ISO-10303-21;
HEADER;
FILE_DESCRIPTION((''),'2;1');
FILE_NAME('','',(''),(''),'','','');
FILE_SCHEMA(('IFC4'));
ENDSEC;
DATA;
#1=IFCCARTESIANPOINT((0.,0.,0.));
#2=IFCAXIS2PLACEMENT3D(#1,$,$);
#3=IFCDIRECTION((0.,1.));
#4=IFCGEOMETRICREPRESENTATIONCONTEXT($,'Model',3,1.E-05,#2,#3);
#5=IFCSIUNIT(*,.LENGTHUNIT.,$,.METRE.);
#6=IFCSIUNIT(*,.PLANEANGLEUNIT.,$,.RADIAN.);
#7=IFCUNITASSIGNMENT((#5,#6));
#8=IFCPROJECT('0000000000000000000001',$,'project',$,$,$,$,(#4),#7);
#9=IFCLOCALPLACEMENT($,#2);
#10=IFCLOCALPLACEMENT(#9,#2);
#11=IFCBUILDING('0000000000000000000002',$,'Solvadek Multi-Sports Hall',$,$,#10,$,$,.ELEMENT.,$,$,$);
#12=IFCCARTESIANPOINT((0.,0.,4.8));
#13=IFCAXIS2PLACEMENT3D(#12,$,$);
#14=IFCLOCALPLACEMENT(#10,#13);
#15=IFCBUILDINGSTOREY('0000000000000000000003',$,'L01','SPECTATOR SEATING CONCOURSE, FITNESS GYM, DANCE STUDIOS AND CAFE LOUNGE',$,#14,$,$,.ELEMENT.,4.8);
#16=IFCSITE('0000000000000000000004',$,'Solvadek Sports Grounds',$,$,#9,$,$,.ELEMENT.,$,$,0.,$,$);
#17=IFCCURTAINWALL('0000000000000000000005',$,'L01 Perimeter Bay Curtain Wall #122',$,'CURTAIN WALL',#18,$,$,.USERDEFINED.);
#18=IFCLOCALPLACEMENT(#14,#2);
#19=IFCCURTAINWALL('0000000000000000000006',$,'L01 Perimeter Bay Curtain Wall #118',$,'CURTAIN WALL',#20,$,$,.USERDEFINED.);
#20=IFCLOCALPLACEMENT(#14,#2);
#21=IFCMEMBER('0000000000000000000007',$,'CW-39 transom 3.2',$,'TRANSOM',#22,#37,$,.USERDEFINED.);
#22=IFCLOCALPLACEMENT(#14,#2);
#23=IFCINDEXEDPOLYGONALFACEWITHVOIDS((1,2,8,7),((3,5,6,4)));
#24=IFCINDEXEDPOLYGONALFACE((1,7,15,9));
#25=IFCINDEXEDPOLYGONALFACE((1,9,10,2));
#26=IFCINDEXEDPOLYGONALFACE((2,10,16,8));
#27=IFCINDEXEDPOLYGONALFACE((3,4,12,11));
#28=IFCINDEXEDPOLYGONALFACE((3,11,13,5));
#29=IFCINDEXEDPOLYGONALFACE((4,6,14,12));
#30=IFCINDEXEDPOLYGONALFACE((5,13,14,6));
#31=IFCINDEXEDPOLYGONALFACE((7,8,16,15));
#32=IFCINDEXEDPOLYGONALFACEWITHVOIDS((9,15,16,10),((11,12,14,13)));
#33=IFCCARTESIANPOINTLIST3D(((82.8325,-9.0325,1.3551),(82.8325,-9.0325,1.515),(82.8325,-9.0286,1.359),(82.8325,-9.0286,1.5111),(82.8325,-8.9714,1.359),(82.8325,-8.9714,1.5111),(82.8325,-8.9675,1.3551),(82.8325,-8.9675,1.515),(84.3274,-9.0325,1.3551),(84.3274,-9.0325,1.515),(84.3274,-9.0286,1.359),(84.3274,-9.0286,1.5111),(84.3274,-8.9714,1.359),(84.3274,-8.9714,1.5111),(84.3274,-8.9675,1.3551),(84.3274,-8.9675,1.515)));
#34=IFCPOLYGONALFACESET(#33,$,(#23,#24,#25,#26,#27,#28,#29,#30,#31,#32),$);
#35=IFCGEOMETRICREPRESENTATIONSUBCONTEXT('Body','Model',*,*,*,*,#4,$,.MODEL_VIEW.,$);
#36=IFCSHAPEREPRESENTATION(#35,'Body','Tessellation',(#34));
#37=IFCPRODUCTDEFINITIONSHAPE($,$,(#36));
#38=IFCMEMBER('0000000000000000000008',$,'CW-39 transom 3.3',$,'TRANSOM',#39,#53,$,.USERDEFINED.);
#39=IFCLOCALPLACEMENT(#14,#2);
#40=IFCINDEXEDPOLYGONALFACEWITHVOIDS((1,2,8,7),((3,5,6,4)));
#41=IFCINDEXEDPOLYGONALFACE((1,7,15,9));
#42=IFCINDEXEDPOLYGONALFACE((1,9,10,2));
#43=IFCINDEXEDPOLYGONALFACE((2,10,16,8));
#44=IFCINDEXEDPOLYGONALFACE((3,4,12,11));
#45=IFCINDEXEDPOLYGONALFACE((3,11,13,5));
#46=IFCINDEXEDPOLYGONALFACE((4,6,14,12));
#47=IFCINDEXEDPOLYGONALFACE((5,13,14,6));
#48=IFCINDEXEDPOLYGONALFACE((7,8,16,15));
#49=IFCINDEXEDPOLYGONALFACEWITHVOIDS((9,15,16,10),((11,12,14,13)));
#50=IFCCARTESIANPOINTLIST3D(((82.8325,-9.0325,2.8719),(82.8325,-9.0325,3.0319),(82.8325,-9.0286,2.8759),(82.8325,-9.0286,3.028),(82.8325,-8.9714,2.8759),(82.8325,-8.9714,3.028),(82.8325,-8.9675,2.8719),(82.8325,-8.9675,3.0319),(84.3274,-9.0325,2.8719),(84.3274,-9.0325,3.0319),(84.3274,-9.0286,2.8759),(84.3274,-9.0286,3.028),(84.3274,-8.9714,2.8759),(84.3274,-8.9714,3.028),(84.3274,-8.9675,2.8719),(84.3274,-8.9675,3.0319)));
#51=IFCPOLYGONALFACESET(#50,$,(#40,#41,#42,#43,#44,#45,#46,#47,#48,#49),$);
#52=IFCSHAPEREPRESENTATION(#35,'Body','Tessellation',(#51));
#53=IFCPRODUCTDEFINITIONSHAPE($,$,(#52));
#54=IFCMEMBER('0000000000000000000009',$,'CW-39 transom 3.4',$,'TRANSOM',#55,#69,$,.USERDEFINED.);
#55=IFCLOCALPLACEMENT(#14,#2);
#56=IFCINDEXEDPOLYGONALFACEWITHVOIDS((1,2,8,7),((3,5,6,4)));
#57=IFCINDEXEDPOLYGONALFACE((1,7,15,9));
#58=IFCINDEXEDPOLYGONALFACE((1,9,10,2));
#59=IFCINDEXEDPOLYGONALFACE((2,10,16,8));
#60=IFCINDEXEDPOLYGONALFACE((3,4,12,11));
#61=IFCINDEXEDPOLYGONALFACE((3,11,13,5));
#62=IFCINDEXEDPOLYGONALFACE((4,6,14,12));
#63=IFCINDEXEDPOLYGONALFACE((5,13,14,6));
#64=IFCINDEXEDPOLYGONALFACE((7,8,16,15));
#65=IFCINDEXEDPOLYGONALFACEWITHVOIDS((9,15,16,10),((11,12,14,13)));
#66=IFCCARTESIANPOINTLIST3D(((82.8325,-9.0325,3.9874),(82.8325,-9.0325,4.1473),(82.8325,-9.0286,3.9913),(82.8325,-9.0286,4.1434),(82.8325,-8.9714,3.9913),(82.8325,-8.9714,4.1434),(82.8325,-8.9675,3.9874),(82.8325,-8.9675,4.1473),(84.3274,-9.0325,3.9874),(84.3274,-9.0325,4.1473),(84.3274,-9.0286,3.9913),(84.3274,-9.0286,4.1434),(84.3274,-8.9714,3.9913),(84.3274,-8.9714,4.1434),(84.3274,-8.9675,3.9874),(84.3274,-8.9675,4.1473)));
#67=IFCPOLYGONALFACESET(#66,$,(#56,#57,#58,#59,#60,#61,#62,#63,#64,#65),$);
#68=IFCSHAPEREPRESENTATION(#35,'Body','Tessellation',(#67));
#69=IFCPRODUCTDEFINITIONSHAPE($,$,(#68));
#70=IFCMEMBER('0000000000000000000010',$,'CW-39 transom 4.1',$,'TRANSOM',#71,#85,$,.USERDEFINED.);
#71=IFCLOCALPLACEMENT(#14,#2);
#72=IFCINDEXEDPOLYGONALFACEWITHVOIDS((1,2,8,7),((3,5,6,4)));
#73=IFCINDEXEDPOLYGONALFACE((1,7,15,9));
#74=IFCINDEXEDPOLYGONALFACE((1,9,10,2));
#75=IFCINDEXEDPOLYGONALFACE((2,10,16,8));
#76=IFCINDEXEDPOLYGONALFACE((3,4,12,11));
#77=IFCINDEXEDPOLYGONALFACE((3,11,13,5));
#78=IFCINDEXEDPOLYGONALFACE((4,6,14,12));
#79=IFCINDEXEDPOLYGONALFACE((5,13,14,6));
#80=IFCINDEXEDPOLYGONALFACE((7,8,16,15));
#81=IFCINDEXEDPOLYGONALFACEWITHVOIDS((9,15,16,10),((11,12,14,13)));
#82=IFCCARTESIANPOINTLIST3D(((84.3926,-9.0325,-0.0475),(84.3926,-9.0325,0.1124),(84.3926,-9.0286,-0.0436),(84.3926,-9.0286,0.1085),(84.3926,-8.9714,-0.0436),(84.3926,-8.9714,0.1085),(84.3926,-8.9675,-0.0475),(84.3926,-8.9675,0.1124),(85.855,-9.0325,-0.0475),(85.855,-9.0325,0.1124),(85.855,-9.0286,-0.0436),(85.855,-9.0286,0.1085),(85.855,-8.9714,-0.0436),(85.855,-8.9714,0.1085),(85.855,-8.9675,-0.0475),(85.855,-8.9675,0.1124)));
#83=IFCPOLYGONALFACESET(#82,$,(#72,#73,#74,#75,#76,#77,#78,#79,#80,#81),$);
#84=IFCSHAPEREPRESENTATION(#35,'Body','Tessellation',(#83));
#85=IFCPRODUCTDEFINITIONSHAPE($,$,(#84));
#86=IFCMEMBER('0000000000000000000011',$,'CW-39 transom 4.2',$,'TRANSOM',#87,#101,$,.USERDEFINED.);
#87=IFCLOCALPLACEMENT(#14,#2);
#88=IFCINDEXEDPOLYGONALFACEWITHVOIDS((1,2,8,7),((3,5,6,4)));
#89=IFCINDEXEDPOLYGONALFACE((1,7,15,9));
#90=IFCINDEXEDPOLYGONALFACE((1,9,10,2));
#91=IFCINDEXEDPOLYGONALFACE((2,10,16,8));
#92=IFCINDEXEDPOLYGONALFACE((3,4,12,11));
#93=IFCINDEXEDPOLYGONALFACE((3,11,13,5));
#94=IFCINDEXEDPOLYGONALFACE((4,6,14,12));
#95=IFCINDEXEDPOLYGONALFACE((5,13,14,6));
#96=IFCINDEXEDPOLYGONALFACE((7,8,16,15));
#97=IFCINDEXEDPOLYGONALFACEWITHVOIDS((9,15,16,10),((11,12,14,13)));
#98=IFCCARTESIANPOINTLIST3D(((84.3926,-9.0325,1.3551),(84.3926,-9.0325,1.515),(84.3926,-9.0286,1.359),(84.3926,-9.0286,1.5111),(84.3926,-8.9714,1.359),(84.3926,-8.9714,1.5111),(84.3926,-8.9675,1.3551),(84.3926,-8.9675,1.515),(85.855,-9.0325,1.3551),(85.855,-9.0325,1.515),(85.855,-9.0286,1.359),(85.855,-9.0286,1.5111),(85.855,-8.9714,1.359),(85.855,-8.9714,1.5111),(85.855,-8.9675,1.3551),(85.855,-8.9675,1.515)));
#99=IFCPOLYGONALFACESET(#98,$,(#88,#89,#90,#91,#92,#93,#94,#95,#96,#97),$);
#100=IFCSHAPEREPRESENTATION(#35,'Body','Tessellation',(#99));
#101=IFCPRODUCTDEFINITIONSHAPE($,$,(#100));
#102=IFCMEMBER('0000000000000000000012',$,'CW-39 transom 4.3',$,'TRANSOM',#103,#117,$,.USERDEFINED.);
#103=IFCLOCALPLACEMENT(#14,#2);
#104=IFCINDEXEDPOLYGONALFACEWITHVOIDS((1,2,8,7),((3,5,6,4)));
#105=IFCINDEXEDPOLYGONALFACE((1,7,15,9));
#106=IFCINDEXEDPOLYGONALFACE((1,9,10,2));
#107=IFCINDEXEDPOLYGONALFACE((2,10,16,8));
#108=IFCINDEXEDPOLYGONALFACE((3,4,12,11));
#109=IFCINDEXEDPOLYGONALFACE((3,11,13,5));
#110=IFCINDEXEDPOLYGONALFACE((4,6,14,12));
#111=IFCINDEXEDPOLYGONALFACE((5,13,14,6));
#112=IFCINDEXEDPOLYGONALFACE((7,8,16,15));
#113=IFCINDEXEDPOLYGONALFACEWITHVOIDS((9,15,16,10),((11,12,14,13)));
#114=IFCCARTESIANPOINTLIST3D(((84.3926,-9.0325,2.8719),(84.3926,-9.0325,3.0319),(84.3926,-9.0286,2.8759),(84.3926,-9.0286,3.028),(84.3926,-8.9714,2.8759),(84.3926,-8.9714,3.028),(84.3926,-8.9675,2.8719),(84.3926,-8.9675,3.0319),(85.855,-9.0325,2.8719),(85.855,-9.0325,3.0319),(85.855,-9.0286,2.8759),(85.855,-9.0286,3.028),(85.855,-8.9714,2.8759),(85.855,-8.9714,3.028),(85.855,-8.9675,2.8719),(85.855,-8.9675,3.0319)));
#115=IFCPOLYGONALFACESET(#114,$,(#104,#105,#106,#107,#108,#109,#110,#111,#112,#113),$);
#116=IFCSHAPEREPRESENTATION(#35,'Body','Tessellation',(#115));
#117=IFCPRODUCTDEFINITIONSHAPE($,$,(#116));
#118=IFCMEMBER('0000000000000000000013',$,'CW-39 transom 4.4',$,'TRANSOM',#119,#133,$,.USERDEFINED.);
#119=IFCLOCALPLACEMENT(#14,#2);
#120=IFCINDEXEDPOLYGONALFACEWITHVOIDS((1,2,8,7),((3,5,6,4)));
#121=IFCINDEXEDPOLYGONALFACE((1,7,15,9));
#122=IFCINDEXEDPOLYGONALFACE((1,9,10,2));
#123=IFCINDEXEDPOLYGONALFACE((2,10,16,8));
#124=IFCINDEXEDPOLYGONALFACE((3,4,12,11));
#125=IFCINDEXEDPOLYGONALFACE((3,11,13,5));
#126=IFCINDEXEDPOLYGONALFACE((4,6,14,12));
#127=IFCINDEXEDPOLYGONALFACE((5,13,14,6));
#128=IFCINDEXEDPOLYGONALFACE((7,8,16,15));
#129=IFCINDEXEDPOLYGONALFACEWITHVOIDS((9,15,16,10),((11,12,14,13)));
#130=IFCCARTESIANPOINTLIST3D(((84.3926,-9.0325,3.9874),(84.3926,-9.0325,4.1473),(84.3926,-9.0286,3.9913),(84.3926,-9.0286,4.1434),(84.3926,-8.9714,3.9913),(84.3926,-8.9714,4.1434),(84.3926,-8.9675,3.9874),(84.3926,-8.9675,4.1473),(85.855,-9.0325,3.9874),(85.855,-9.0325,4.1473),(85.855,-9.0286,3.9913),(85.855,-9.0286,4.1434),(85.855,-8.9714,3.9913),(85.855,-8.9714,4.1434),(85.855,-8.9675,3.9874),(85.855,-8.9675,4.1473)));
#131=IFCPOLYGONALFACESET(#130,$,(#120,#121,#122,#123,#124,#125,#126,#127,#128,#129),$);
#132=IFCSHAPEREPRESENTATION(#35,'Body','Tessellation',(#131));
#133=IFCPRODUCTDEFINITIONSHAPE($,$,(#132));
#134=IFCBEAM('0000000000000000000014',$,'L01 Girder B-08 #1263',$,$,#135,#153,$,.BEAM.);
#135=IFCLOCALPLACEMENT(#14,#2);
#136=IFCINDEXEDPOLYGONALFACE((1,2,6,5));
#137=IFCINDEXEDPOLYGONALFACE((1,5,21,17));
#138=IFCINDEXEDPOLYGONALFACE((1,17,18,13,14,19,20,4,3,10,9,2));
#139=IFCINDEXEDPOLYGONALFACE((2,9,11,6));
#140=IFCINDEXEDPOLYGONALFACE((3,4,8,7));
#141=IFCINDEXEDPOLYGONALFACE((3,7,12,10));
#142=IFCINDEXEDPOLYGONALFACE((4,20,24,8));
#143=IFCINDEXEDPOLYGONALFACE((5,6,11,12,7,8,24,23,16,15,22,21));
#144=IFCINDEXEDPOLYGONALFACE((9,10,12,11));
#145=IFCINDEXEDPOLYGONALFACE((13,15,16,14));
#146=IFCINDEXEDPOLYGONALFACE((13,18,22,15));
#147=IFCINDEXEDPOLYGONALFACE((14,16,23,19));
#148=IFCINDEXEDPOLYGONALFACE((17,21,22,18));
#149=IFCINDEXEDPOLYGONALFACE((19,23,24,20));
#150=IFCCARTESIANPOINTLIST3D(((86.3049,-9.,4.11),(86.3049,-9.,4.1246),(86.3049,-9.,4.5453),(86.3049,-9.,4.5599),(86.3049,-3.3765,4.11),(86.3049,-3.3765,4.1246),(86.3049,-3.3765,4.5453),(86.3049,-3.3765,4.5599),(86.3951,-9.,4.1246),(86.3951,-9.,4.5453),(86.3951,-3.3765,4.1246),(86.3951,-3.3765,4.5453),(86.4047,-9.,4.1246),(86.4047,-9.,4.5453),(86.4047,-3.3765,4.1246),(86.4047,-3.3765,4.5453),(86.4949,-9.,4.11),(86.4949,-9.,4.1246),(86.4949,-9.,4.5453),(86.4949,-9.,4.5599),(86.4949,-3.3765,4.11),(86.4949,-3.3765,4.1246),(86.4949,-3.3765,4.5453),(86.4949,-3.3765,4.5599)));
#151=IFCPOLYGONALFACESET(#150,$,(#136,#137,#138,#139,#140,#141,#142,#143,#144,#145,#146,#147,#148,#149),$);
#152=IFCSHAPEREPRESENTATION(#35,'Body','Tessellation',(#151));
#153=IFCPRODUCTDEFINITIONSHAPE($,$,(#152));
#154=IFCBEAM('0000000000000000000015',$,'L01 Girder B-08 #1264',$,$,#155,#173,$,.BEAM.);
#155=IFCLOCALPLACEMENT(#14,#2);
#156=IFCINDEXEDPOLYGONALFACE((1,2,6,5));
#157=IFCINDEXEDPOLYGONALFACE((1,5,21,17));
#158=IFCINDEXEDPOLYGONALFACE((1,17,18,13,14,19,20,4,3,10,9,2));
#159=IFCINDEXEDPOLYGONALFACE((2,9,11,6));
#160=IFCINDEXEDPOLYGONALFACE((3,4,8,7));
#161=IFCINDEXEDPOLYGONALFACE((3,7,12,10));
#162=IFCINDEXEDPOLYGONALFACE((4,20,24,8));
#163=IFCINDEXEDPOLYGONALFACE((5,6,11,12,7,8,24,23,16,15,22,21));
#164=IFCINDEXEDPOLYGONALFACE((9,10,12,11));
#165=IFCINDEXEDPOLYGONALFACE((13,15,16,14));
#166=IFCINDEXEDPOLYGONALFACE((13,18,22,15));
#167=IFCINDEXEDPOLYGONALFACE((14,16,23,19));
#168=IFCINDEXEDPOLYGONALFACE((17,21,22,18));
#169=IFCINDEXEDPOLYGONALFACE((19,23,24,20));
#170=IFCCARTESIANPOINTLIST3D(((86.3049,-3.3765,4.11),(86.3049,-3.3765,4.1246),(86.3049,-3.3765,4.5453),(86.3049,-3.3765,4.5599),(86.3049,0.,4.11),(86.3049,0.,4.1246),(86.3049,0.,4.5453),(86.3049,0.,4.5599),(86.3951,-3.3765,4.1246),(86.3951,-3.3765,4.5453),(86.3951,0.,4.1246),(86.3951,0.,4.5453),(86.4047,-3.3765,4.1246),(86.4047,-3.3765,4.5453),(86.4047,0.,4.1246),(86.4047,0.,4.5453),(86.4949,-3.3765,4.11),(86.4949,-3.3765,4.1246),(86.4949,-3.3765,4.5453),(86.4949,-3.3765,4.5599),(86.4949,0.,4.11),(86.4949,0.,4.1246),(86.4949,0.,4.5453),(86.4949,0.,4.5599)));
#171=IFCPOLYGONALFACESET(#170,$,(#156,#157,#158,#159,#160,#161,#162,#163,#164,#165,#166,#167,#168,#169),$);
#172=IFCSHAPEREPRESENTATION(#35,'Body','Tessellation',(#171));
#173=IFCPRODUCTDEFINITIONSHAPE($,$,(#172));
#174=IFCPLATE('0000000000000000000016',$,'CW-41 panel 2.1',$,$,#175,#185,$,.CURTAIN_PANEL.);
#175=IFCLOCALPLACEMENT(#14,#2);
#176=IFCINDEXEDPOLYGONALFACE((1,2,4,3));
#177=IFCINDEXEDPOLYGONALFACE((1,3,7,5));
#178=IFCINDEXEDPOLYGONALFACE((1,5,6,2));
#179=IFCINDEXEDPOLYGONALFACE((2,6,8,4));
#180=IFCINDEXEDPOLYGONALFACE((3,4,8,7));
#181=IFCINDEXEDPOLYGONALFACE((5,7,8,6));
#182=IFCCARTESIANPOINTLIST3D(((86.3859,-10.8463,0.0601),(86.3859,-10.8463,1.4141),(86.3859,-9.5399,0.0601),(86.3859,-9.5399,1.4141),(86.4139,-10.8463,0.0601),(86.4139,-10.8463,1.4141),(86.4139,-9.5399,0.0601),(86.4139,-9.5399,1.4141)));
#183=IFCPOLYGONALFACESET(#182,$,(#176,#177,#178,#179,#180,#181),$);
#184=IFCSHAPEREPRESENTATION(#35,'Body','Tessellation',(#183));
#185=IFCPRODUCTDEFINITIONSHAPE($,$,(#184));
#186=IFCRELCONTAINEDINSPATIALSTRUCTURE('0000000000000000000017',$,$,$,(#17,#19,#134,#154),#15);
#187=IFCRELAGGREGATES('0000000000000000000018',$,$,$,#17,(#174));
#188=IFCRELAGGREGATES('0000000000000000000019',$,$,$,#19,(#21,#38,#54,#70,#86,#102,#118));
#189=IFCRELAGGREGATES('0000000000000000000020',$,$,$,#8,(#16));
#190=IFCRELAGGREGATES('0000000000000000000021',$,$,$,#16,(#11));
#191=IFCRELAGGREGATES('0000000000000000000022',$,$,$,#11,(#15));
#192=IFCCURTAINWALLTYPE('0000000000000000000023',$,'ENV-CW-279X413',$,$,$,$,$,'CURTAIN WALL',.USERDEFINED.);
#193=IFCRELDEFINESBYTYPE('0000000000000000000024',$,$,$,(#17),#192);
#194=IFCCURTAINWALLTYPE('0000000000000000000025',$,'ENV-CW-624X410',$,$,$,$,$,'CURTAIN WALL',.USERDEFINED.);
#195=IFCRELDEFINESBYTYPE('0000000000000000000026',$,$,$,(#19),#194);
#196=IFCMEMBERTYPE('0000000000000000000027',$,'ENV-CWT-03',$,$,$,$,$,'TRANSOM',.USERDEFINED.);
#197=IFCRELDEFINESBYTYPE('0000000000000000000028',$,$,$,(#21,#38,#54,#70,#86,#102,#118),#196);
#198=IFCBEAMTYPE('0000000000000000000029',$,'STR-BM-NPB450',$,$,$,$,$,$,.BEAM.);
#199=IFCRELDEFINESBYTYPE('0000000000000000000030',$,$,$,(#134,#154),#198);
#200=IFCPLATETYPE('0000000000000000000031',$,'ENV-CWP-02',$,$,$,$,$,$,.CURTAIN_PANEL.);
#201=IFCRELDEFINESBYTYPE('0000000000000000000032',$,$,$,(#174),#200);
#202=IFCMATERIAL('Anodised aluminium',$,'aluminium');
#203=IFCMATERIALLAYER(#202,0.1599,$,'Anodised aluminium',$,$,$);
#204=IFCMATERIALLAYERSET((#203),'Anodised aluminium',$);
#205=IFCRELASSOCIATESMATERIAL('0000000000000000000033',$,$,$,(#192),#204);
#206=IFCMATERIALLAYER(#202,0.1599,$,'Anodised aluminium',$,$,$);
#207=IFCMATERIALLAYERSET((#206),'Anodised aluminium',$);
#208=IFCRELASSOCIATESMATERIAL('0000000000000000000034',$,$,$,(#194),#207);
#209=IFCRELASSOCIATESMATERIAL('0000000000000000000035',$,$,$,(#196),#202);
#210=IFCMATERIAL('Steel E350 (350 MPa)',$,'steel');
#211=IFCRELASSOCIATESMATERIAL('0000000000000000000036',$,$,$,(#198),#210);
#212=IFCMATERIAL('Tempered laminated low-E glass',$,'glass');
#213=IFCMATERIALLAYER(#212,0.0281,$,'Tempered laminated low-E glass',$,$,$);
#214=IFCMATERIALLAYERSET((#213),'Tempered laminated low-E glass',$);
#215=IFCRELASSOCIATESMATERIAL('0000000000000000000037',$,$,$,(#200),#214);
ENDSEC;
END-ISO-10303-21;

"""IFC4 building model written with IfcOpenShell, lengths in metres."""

from ifc_helpers import new_model, si_unit, direction, frame, origin, origin_2d, place, context, subcontext, project, spatial, rectangle, hollow_rectangle, i_section, extrude, material, layer, layer_set, material_profile, profile_set, type_object, element, aggregate, save


model = new_model("IFC4")

# Units and contexts
model_context = context("Model", 3, precision=1e-05, world=origin(), true_north=direction((0.0, 1.0)))
body_context = subcontext(model_context, "Body", "Model", "MODEL_VIEW")
ifc_project = project(units=[si_unit("LENGTHUNIT", "METRE"), si_unit("PLANEANGLEUNIT", "RADIAN")], contexts=[model_context])

# Site, building, storey
site_placement = place(None, origin())
site = spatial("IfcSite", under=ifc_project, at=site_placement, Name="Solvadek Sports Grounds", CompositionType="ELEMENT", RefElevation=0.0)
building_placement = place(site_placement, origin())
building = spatial("IfcBuilding", under=site, at=building_placement, Name="Solvadek Multi-Sports Hall", CompositionType="ELEMENT")
storey_placement = place(building_placement, frame((0.0, 0.0, 4.8)))
storey = spatial("IfcBuildingStorey", under=building, at=storey_placement, Name="L01", Description="SPECTATOR SEATING CONCOURSE, FITNESS GYM, DANCE STUDIOS AND CAFE LOUNGE", CompositionType="ELEMENT", Elevation=4.8)

# Shared definitions
ifc_material_1 = material(Name="Steel E350 (350 MPa)", Category="steel")

# Curtain wall
ifc_material_2 = material(Name="Anodised aluminium", Category="aluminium")
ifc_layer_1 = layer(ifc_material_2, 0.1599, Name="Anodised aluminium")
ifc_layer_set_1 = layer_set([ifc_layer_1], Name="Anodised aluminium")
curtain_wall_type_1 = type_object("IfcCurtainWallType", Name="ENV-CW-279X413", ElementType="CURTAIN WALL", PredefinedType="USERDEFINED", material=ifc_layer_set_1)
curtain_wall_1_placement = place(storey_placement, origin())
curtain_wall_1 = element("IfcCurtainWall", 1, at=curtain_wall_1_placement, inside=storey, type_object=curtain_wall_type_1, Name="L01 Perimeter Bay Curtain Wall #122", ObjectType="CURTAIN WALL", PredefinedType="USERDEFINED")

# Curtain wall
ifc_layer_2 = layer(ifc_material_2, 0.1599, Name="Anodised aluminium")
ifc_layer_set_2 = layer_set([ifc_layer_2], Name="Anodised aluminium")
curtain_wall_type_2 = type_object("IfcCurtainWallType", Name="ENV-CW-624X410", ElementType="CURTAIN WALL", PredefinedType="USERDEFINED", material=ifc_layer_set_2)
curtain_wall_2_placement = place(storey_placement, origin())
curtain_wall_2 = element("IfcCurtainWall", 2, at=curtain_wall_2_placement, inside=storey, type_object=curtain_wall_type_2, Name="L01 Perimeter Bay Curtain Wall #118", ObjectType="CURTAIN WALL", PredefinedType="USERDEFINED")

# Members
ifc_material_profile_1 = material_profile(ifc_material_2, hollow_rectangle(XDim=0.0649, YDim=0.1599, WallThickness=0.0039, at=origin_2d()), Name="ALU-T 160x65x4")
ifc_profile_set_1 = profile_set([ifc_material_profile_1], Name="Anodised aluminium")
member_type_1 = type_object("IfcMemberType", Name="ENV-CWT-03", ElementType="TRANSOM", PredefinedType="USERDEFINED", material=ifc_profile_set_1)
member_1_placement = place(storey_placement, frame((82.8325, -9.0, 1.4351), z_axis=(1.0, 0.0, 0.0), x_axis=(0.0, 1.0, 0.0)))
member_1 = element("IfcMember", 3, at=member_1_placement, type_object=member_type_1, Name="CW-39 transom 3.2", ObjectType="TRANSOM", PredefinedType="USERDEFINED", context=body_context, shape_type="SweptSolid", body=[
    extrude(hollow_rectangle(XDim=0.0649, YDim=0.1599, WallThickness=0.0039, at=origin_2d()), origin(), (0.0, 0.0, 1.0), 1.4949),
])
member_2_placement = place(storey_placement, frame((82.8325, -9.0, 2.9519), z_axis=(1.0, 0.0, 0.0), x_axis=(0.0, 1.0, 0.0)))
member_2 = element("IfcMember", 4, at=member_2_placement, type_object=member_type_1, Name="CW-39 transom 3.3", ObjectType="TRANSOM", PredefinedType="USERDEFINED", context=body_context, shape_type="SweptSolid", body=[
    extrude(hollow_rectangle(XDim=0.0649, YDim=0.1599, WallThickness=0.0039, at=origin_2d()), origin(), (0.0, 0.0, 1.0), 1.4949),
])
member_3_placement = place(storey_placement, frame((82.8325, -9.0, 4.0674), z_axis=(1.0, 0.0, 0.0), x_axis=(0.0, 1.0, 0.0)))
member_3 = element("IfcMember", 5, at=member_3_placement, type_object=member_type_1, Name="CW-39 transom 3.4", ObjectType="TRANSOM", PredefinedType="USERDEFINED", context=body_context, shape_type="SweptSolid", body=[
    extrude(hollow_rectangle(XDim=0.0649, YDim=0.1599, WallThickness=0.0039, at=origin_2d()), origin(), (0.0, 0.0, 1.0), 1.4949),
])
member_4_placement = place(storey_placement, frame((84.3926, -9.0, 0.0325), z_axis=(1.0, 0.0, 0.0), x_axis=(0.0, 1.0, 0.0)))
member_4 = element("IfcMember", 6, at=member_4_placement, type_object=member_type_1, Name="CW-39 transom 4.1", ObjectType="TRANSOM", PredefinedType="USERDEFINED", context=body_context, shape_type="SweptSolid", body=[
    extrude(hollow_rectangle(XDim=0.0649, YDim=0.1599, WallThickness=0.0039, at=origin_2d()), origin(), (0.0, 0.0, 1.0), 1.4624),
])
member_5_placement = place(storey_placement, frame((84.3926, -9.0, 1.4351), z_axis=(1.0, 0.0, 0.0), x_axis=(0.0, 1.0, 0.0)))
member_5 = element("IfcMember", 7, at=member_5_placement, type_object=member_type_1, Name="CW-39 transom 4.2", ObjectType="TRANSOM", PredefinedType="USERDEFINED", context=body_context, shape_type="SweptSolid", body=[
    extrude(hollow_rectangle(XDim=0.0649, YDim=0.1599, WallThickness=0.0039, at=origin_2d()), origin(), (0.0, 0.0, 1.0), 1.4624),
])
member_6_placement = place(storey_placement, frame((84.3926, -9.0, 2.9519), z_axis=(1.0, 0.0, 0.0), x_axis=(0.0, 1.0, 0.0)))
member_6 = element("IfcMember", 8, at=member_6_placement, type_object=member_type_1, Name="CW-39 transom 4.3", ObjectType="TRANSOM", PredefinedType="USERDEFINED", context=body_context, shape_type="SweptSolid", body=[
    extrude(hollow_rectangle(XDim=0.0649, YDim=0.1599, WallThickness=0.0039, at=origin_2d()), origin(), (0.0, 0.0, 1.0), 1.4624),
])
member_7_placement = place(storey_placement, frame((84.3926, -9.0, 4.0674), z_axis=(1.0, 0.0, 0.0), x_axis=(0.0, 1.0, 0.0)))
member_7 = element("IfcMember", 9, at=member_7_placement, type_object=member_type_1, Name="CW-39 transom 4.4", ObjectType="TRANSOM", PredefinedType="USERDEFINED", context=body_context, shape_type="SweptSolid", body=[
    extrude(hollow_rectangle(XDim=0.0649, YDim=0.1599, WallThickness=0.0039, at=origin_2d()), origin(), (0.0, 0.0, 1.0), 1.4624),
])

# Beams
ifc_material_profile_2 = material_profile(ifc_material_1, i_section(OverallWidth=0.1899, OverallDepth=0.45, WebThickness=0.0095, FlangeThickness=0.0146, at=origin_2d()), Name="NPB 450")
ifc_profile_set_2 = profile_set([ifc_material_profile_2], Name="Steel E350 (350 MPa)")
beam_type = type_object("IfcBeamType", Name="STR-BM-NPB450", PredefinedType="BEAM", material=ifc_profile_set_2)
beam_1_placement = place(storey_placement, frame((86.3999, -9.0, 4.335), z_axis=(0.0, 1.0, 0.0), x_axis=(-1.0, 0.0, 0.0)))
element("IfcBeam", 10, at=beam_1_placement, inside=storey, type_object=beam_type, Name="L01 Girder B-08 #1263", PredefinedType="BEAM", context=body_context, shape_type="SweptSolid", body=[
    extrude(i_section(OverallWidth=0.1899, OverallDepth=0.45, WebThickness=0.0095, FlangeThickness=0.0146, at=origin_2d()), origin(), (0.0, 0.0, 1.0), 5.6235),
])
beam_2_placement = place(storey_placement, frame((86.3999, -3.3765, 4.335), z_axis=(0.0, 1.0, 0.0), x_axis=(-1.0, 0.0, 0.0)))
element("IfcBeam", 11, at=beam_2_placement, inside=storey, type_object=beam_type, Name="L01 Girder B-08 #1264", PredefinedType="BEAM", context=body_context, shape_type="SweptSolid", body=[
    extrude(i_section(OverallWidth=0.1899, OverallDepth=0.45, WebThickness=0.0095, FlangeThickness=0.0146, at=origin_2d()), origin(), (0.0, 0.0, 1.0), 3.3765),
])

# Plate
ifc_material_3 = material(Name="Tempered laminated low-E glass", Category="glass")
ifc_layer_3 = layer(ifc_material_3, 0.0281, Name="Tempered laminated low-E glass")
ifc_layer_set_3 = layer_set([ifc_layer_3], Name="Tempered laminated low-E glass")
plate_type_1 = type_object("IfcPlateType", Name="ENV-CWP-02", PredefinedType="CURTAIN_PANEL", material=ifc_layer_set_3)
plate_1_placement = place(storey_placement, frame((86.3999, -10.1931, 0.0601), z_axis=(0.0, 0.0, 1.0), x_axis=(0.0, 1.0, 0.0)))
plate_1 = element("IfcPlate", 12, at=plate_1_placement, type_object=plate_type_1, Name="CW-41 panel 2.1", PredefinedType="CURTAIN_PANEL", context=body_context, shape_type="SweptSolid", body=[
    extrude(rectangle(XDim=1.3064, YDim=0.0281, at=origin_2d()), origin(), (0.0, 0.0, 1.0), 1.354),
])
aggregate(curtain_wall_1, [plate_1])
aggregate(curtain_wall_2, [member_1, member_2, member_3, member_4, member_5, member_6, member_7])

save(model, "model.ifc")
